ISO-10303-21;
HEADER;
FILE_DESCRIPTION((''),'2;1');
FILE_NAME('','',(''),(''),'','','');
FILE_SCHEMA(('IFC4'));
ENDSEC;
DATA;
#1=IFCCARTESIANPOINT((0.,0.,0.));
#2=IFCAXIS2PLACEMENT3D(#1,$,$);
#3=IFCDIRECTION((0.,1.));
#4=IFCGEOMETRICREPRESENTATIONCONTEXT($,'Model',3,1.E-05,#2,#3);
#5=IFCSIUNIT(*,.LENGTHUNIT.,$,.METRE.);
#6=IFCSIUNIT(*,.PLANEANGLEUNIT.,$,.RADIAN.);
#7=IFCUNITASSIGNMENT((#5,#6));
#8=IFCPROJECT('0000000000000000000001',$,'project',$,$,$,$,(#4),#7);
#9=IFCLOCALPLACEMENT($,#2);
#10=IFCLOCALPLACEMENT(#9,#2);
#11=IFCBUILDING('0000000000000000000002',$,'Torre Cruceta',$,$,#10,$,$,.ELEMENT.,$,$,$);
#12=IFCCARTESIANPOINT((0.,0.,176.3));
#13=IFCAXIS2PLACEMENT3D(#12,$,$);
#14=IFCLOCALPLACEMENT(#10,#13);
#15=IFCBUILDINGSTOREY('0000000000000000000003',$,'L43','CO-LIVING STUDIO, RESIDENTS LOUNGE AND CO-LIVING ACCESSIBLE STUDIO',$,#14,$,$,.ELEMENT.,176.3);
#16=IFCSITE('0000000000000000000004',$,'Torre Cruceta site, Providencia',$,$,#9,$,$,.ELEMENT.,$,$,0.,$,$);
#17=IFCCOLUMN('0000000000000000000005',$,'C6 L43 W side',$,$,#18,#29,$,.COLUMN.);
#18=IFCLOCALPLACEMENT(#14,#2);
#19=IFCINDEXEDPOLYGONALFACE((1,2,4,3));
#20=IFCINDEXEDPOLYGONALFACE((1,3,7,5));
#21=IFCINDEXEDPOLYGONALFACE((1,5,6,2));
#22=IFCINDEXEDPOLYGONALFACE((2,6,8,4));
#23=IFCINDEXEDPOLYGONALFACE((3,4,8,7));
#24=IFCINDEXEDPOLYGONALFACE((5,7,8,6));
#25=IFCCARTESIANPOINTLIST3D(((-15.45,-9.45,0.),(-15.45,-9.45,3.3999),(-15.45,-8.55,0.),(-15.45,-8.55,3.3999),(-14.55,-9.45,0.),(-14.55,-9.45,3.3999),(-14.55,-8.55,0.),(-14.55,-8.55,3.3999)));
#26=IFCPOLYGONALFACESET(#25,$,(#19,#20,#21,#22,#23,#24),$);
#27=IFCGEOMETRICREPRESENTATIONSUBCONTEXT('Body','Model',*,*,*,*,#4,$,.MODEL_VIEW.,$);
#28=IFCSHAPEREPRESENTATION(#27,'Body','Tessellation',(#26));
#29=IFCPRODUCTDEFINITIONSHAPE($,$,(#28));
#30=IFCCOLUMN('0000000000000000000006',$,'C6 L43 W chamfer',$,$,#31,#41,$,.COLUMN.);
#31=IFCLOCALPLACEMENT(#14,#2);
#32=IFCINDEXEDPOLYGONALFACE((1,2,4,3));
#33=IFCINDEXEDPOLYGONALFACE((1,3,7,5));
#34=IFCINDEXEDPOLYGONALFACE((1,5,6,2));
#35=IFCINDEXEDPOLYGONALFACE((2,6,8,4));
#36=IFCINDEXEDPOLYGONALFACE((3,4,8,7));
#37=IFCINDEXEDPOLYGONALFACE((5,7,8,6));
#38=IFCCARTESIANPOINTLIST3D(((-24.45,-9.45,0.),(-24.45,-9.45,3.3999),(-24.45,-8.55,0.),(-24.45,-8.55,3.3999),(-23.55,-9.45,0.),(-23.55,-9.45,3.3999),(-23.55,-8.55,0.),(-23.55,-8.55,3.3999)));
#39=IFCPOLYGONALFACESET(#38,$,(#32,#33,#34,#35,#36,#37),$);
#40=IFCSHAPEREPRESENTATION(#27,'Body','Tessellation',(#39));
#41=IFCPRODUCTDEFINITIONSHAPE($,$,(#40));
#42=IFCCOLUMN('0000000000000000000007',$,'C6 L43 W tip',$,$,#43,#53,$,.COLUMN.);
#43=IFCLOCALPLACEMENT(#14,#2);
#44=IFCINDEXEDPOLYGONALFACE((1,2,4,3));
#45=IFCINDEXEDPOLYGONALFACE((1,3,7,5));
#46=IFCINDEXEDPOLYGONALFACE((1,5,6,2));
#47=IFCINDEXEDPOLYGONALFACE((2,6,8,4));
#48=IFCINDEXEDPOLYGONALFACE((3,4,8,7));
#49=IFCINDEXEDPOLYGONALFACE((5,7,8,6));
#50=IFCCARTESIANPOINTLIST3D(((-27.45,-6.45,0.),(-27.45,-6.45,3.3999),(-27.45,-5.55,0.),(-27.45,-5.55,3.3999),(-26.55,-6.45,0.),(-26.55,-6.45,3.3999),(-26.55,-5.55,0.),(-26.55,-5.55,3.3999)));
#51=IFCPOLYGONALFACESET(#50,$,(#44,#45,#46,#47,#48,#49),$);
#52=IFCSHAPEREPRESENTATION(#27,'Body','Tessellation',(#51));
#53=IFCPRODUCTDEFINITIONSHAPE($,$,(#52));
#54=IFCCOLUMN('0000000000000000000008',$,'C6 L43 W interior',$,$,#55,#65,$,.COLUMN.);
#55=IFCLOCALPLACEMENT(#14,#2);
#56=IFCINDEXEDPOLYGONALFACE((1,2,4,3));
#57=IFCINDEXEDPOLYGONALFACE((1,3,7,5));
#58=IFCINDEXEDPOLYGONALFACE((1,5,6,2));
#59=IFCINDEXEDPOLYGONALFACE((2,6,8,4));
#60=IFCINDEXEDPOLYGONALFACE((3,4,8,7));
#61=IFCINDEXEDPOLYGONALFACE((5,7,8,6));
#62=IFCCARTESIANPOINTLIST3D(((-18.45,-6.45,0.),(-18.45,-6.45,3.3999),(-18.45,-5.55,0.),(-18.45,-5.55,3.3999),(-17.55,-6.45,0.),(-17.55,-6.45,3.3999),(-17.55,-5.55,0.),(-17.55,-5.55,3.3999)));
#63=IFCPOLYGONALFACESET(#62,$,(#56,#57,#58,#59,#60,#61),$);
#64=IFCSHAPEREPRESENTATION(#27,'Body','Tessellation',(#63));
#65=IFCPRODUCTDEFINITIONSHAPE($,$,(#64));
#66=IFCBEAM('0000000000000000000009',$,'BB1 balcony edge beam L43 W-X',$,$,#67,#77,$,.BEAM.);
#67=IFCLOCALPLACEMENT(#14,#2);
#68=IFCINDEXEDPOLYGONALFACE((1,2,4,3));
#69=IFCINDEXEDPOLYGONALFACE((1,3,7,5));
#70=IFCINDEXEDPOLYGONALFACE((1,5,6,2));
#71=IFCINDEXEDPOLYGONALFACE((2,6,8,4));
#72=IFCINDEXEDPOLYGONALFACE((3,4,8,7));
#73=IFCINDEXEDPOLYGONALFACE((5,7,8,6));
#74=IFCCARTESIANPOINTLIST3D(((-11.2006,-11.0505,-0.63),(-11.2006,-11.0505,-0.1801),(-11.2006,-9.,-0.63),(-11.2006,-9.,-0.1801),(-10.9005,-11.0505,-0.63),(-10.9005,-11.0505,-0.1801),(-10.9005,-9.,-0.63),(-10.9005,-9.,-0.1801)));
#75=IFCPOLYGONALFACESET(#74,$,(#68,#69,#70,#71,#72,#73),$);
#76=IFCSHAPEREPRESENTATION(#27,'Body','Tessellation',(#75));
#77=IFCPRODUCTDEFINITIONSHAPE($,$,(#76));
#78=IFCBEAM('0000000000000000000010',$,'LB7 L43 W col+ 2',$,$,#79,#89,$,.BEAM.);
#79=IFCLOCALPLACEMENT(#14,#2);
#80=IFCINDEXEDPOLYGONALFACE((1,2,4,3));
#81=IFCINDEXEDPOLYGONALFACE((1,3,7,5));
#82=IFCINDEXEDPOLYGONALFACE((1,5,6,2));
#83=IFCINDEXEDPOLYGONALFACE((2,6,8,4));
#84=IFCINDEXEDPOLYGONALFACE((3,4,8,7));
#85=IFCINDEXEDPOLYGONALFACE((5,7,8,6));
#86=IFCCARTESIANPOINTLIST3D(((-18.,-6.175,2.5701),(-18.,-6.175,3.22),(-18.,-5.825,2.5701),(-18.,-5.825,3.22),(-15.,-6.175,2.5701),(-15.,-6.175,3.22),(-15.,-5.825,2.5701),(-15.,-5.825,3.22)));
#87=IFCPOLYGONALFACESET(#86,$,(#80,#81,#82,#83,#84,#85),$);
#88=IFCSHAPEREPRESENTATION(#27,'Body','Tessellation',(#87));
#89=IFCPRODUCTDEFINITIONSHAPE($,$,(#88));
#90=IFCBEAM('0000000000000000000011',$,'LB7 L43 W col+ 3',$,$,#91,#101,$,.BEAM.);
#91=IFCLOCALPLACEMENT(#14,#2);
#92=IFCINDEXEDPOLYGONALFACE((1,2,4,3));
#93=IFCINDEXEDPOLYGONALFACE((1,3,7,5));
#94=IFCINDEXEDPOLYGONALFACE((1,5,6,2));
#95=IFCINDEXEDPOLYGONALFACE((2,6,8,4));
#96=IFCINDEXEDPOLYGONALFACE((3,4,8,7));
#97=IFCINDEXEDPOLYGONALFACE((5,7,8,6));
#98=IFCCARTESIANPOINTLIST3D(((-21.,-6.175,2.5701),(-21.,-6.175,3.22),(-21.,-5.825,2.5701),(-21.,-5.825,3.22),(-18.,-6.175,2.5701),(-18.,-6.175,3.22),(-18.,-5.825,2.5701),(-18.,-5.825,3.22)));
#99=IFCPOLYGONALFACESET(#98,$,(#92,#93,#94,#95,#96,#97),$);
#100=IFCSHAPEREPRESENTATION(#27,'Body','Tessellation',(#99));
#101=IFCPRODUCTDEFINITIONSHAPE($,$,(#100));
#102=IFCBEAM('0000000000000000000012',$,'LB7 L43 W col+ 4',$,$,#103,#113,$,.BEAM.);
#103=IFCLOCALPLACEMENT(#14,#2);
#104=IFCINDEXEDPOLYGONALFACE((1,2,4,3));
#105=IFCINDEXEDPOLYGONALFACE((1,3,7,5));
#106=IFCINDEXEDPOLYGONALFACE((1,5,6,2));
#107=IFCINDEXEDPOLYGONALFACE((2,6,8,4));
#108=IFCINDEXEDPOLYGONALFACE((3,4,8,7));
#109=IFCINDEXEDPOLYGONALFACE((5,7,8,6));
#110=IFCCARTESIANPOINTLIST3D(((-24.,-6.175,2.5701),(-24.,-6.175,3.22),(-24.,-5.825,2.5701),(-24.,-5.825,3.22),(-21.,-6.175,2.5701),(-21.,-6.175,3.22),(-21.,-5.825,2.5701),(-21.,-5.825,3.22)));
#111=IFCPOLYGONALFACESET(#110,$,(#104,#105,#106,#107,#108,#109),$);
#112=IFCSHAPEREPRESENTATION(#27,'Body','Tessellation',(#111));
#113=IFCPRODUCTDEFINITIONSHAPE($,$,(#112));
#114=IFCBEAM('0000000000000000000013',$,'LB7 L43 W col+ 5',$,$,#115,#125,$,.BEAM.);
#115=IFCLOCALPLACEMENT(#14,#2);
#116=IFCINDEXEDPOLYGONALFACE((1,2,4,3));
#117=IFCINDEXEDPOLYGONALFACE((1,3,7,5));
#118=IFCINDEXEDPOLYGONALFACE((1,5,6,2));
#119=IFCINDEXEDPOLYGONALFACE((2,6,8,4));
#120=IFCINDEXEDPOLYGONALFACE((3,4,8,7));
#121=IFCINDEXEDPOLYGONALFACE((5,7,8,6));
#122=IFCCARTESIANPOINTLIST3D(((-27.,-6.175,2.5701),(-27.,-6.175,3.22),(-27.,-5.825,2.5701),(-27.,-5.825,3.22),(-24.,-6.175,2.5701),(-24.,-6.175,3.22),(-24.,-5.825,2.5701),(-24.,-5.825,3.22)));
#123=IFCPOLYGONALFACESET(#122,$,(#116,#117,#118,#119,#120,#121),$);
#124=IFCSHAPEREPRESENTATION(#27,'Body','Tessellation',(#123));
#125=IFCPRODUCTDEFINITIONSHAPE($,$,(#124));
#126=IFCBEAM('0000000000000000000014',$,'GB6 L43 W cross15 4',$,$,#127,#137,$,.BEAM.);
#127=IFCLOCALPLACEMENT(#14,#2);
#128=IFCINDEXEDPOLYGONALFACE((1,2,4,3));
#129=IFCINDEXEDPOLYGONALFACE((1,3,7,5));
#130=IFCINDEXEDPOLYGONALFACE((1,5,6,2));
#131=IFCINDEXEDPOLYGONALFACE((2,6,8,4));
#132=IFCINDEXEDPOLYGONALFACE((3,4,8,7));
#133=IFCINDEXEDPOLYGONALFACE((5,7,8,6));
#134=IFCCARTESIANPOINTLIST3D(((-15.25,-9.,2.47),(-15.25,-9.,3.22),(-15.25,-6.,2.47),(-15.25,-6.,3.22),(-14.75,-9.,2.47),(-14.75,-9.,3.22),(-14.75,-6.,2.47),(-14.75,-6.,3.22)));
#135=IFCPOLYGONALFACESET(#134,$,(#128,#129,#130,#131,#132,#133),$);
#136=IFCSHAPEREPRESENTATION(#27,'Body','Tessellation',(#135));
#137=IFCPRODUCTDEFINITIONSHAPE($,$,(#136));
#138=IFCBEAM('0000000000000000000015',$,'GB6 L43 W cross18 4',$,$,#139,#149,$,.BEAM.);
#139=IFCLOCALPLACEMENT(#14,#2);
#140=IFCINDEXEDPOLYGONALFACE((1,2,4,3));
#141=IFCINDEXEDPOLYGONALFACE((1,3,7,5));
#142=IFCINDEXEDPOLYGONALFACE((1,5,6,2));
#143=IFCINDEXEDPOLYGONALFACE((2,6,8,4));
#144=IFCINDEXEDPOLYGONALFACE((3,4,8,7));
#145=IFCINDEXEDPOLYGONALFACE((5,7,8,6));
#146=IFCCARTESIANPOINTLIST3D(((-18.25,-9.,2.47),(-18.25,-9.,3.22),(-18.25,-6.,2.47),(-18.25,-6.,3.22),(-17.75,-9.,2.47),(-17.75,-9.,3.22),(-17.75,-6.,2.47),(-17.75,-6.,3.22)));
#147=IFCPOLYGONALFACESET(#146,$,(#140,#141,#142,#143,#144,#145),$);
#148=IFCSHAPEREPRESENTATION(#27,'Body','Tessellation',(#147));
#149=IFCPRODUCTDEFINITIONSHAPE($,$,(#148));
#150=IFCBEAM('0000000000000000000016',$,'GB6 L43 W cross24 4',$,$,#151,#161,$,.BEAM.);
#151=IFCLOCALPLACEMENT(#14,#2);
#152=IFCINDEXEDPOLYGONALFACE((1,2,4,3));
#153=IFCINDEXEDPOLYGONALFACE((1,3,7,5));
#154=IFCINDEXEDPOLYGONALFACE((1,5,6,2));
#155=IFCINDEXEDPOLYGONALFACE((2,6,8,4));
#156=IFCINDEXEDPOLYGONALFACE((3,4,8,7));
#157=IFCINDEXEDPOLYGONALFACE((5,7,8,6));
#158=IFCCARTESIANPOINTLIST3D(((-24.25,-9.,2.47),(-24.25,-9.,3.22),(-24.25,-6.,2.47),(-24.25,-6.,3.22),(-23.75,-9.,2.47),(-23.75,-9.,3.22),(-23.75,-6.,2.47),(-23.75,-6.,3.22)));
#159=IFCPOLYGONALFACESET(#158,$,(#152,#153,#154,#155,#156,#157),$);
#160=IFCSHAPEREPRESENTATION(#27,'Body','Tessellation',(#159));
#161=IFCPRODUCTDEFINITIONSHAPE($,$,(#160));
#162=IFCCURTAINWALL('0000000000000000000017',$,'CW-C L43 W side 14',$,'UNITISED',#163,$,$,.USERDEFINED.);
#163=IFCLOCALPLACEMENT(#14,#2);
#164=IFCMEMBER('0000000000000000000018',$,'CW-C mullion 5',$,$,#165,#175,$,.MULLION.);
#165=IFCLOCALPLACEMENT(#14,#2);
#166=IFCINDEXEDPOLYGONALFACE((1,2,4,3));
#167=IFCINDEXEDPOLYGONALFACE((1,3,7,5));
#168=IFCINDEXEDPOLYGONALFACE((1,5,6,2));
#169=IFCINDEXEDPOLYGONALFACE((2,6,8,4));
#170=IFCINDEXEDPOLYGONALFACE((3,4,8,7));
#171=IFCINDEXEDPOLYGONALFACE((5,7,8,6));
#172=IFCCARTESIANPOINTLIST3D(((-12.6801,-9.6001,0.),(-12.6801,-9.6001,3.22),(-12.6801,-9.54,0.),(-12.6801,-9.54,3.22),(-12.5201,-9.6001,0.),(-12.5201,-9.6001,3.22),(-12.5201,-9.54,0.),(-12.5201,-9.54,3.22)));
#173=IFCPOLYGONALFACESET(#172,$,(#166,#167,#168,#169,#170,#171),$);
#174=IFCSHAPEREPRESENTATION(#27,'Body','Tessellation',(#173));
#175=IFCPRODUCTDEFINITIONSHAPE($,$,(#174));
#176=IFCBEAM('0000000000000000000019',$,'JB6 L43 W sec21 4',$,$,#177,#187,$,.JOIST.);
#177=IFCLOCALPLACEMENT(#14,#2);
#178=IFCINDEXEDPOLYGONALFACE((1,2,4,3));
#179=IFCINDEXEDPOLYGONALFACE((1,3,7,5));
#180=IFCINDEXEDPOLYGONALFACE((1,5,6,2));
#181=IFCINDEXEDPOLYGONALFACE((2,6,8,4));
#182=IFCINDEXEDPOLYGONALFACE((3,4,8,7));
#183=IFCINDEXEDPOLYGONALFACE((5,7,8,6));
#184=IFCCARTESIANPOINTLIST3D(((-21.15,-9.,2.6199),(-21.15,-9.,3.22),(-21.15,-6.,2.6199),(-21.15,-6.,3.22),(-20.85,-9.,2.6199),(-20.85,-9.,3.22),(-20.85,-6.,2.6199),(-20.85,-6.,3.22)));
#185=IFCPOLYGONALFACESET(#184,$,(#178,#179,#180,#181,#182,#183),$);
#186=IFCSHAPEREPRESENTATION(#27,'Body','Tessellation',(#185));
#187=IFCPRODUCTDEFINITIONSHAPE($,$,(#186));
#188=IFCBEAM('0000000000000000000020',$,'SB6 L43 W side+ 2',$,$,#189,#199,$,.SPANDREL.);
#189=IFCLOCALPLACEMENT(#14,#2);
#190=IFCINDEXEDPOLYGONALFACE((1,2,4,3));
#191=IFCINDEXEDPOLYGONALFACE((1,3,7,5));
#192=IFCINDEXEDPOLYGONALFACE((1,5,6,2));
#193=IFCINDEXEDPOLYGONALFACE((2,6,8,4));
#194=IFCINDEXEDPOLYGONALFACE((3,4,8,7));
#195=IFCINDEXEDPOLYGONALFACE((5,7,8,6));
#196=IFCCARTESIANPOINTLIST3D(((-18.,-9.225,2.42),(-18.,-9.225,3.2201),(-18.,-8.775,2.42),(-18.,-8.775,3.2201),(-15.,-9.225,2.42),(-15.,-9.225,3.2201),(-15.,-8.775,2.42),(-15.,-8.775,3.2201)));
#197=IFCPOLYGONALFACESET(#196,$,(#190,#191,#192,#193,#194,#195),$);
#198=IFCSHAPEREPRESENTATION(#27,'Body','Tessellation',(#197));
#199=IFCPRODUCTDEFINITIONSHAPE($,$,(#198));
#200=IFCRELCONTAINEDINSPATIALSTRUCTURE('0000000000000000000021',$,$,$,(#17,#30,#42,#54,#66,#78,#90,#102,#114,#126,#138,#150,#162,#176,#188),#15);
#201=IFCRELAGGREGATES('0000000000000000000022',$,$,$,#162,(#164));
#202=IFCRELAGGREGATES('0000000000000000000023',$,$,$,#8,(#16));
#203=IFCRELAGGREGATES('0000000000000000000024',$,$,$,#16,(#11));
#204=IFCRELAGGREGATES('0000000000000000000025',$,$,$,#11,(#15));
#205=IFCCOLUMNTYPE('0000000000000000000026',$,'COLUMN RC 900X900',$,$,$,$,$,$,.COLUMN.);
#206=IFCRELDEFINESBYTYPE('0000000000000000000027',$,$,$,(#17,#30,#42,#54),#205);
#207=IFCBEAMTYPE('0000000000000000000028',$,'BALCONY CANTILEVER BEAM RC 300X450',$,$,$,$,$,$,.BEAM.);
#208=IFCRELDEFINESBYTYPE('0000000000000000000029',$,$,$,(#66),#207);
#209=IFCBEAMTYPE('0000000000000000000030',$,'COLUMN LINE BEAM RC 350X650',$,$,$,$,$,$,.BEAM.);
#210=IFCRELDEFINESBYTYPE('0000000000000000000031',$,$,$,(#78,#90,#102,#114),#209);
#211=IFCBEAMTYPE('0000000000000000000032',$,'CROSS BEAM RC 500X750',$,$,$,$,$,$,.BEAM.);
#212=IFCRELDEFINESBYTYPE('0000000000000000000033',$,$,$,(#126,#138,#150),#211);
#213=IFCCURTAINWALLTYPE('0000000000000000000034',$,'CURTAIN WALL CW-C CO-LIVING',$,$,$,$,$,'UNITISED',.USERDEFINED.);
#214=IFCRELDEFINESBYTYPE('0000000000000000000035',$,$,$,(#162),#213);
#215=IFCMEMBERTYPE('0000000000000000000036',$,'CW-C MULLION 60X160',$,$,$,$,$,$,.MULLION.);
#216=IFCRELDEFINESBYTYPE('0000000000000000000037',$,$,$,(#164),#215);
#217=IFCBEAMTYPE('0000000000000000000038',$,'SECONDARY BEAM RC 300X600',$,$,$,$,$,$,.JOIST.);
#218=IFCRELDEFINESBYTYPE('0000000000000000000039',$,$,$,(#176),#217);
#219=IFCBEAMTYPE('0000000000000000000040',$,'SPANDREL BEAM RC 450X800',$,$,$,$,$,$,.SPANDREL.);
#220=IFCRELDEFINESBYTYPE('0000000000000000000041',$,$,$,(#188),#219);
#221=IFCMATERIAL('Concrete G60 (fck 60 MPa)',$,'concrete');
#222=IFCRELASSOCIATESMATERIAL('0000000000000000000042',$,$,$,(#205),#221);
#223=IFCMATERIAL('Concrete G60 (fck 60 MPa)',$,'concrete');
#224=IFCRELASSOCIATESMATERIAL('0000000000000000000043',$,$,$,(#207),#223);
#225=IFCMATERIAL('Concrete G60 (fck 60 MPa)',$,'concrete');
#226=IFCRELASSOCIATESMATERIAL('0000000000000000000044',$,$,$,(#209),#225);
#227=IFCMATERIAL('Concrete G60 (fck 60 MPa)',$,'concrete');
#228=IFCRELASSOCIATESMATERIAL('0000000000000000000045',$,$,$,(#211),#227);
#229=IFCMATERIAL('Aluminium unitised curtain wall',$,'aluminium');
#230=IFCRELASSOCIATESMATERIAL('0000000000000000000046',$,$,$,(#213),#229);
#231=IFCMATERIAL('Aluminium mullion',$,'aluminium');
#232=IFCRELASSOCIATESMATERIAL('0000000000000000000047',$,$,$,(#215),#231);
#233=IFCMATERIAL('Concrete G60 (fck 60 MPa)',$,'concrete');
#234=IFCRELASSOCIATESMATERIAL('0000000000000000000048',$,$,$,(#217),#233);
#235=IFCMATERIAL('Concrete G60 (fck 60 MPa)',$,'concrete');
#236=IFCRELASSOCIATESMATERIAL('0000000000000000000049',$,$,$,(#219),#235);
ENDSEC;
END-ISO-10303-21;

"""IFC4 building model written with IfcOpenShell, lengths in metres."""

from ifc_helpers import new_model, si_unit, direction, frame, origin, origin_2d, place, context, subcontext, project, spatial, rectangle, extrude, material, material_profile, profile_set, type_object, element, aggregate, save


model = new_model("IFC4")

# Units and contexts
model_context = context("Model", 3, precision=1e-05, world=origin(), true_north=direction((0.0, 1.0)))
body_context = subcontext(model_context, "Body", "Model", "MODEL_VIEW")
ifc_project = project(units=[si_unit("LENGTHUNIT", "METRE"), si_unit("PLANEANGLEUNIT", "RADIAN")], contexts=[model_context])

# Site, building, storey
site_placement = place(None, origin())
site = spatial("IfcSite", under=ifc_project, at=site_placement, Name="Torre Cruceta site, Providencia", CompositionType="ELEMENT", RefElevation=0.0)
building_placement = place(site_placement, origin())
building = spatial("IfcBuilding", under=site, at=building_placement, Name="Torre Cruceta", CompositionType="ELEMENT")
storey_placement = place(building_placement, frame((0.0, 0.0, 176.3)))
storey = spatial("IfcBuildingStorey", under=building, at=storey_placement, Name="L43", Description="CO-LIVING STUDIO, RESIDENTS LOUNGE AND CO-LIVING ACCESSIBLE STUDIO", CompositionType="ELEMENT", Elevation=176.3)

# Columns
ifc_material_1 = material(Name="Concrete G60 (fck 60 MPa)", Category="concrete")
ifc_material_profile_1 = material_profile(ifc_material_1, rectangle(XDim=0.8999, YDim=0.8999, at=origin_2d()), Name="RC 900X900")
ifc_profile_set_1 = profile_set([ifc_material_profile_1], Name="Concrete G60 (fck 60 MPa)")
column_type = type_object("IfcColumnType", Name="COLUMN RC 900X900", PredefinedType="COLUMN", material=ifc_profile_set_1)
for number, where, z_axis, x_axis, name in (
    (1, (-15.0, -9.0, 0.0), (0.0, 0.0, 1.0), (1.0, 0.0, 0.0), "C6 L43 W side"),
    (2, (-24.0, -9.0, 0.0), (0.0, 0.0, 1.0), (1.0, 0.0, 0.0), "C6 L43 W chamfer"),
    (3, (-27.0, -6.0, 0.0), (0.0, 0.0, 1.0), (1.0, 0.0, 0.0), "C6 L43 W tip"),
    (4, (-18.0, -6.0, 0.0), (0.0, 0.0, 1.0), (1.0, 0.0, 0.0), "C6 L43 W interior"),
):
    element("IfcColumn", number, at=place(storey_placement, frame(where, z_axis=z_axis, x_axis=x_axis)), inside=storey, type_object=column_type, Name=name, PredefinedType="COLUMN", context=body_context, shape_type="SweptSolid", body=[
        extrude(rectangle(XDim=0.8999, YDim=0.8999, at=origin_2d()), origin(), (0.0, 0.0, 1.0), 3.3999),
    ])

# Beams
ifc_material_2 = material(Name="Concrete G60 (fck 60 MPa)", Category="concrete")
ifc_material_profile_2 = material_profile(ifc_material_2, rectangle(XDim=0.3, YDim=0.45, at=origin_2d()), Name="RC 300X450")
ifc_profile_set_2 = profile_set([ifc_material_profile_2], Name="Concrete G60 (fck 60 MPa)")
beam_type_1 = type_object("IfcBeamType", Name="BALCONY CANTILEVER BEAM RC 300X450", PredefinedType="BEAM", material=ifc_profile_set_2)
beam_1_placement = place(storey_placement, frame((-11.0505, -9.0, -0.405), z_axis=(0.0, -1.0, 0.0), x_axis=(1.0, 0.0, 0.0)))
element("IfcBeam", 5, at=beam_1_placement, inside=storey, type_object=beam_type_1, Name="BB1 balcony edge beam L43 W-X", PredefinedType="BEAM", context=body_context, shape_type="SweptSolid", body=[
    extrude(rectangle(XDim=0.3, YDim=0.45, at=origin_2d()), origin(), (0.0, 0.0, 1.0), 2.0505),
])
ifc_material_3 = material(Name="Concrete G60 (fck 60 MPa)", Category="concrete")
ifc_material_profile_3 = material_profile(ifc_material_3, rectangle(XDim=0.3501, YDim=0.6499, at=origin_2d()), Name="RC 350X650")
ifc_profile_set_3 = profile_set([ifc_material_profile_3], Name="Concrete G60 (fck 60 MPa)")
beam_type_2 = type_object("IfcBeamType", Name="COLUMN LINE BEAM RC 350X650", PredefinedType="BEAM", material=ifc_profile_set_3)
for number, where, z_axis, x_axis, name in (
    (6, (-15.0, -6.0, 2.895), (-1.0, 0.0, 0.0), (0.0, -1.0, 0.0), "LB7 L43 W col+ 2"),
    (7, (-18.0, -6.0, 2.895), (-1.0, 0.0, 0.0), (0.0, -1.0, 0.0), "LB7 L43 W col+ 3"),
    (8, (-21.0, -6.0, 2.895), (-1.0, 0.0, 0.0), (0.0, -1.0, 0.0), "LB7 L43 W col+ 4"),
    (9, (-24.0, -6.0, 2.895), (-1.0, 0.0, 0.0), (0.0, -1.0, 0.0), "LB7 L43 W col+ 5"),
):
    element("IfcBeam", number, at=place(storey_placement, frame(where, z_axis=z_axis, x_axis=x_axis)), inside=storey, type_object=beam_type_2, Name=name, PredefinedType="BEAM", context=body_context, shape_type="SweptSolid", body=[
        extrude(rectangle(XDim=0.3501, YDim=0.6499, at=origin_2d()), origin(), (0.0, 0.0, 1.0), 3.0),
    ])
ifc_material_4 = material(Name="Concrete G60 (fck 60 MPa)", Category="concrete")
ifc_material_profile_4 = material_profile(ifc_material_4, rectangle(XDim=0.5, YDim=0.75, at=origin_2d()), Name="RC 500X750")
ifc_profile_set_4 = profile_set([ifc_material_profile_4], Name="Concrete G60 (fck 60 MPa)")
beam_type_3 = type_object("IfcBeamType", Name="CROSS BEAM RC 500X750", PredefinedType="BEAM", material=ifc_profile_set_4)
for number, where, z_axis, x_axis, name in (
    (10, (-15.0, -6.0, 2.845), (0.0, -1.0, 0.0), (1.0, 0.0, 0.0), "GB6 L43 W cross15 4"),
    (11, (-18.0, -6.0, 2.845), (0.0, -1.0, 0.0), (1.0, 0.0, 0.0), "GB6 L43 W cross18 4"),
    (12, (-24.0, -6.0, 2.845), (0.0, -1.0, 0.0), (1.0, 0.0, 0.0), "GB6 L43 W cross24 4"),
):
    element("IfcBeam", number, at=place(storey_placement, frame(where, z_axis=z_axis, x_axis=x_axis)), inside=storey, type_object=beam_type_3, Name=name, PredefinedType="BEAM", context=body_context, shape_type="SweptSolid", body=[
        extrude(rectangle(XDim=0.5, YDim=0.75, at=origin_2d()), origin(), (0.0, 0.0, 1.0), 3.0),
    ])

# Curtain wall, member
ifc_material_5 = material(Name="Aluminium unitised curtain wall", Category="aluminium")
curtain_wall_type = type_object("IfcCurtainWallType", Name="CURTAIN WALL CW-C CO-LIVING", ElementType="UNITISED", PredefinedType="USERDEFINED", material=ifc_material_5)
curtain_wall_placement = place(storey_placement, origin())
curtain_wall = element("IfcCurtainWall", 13, at=curtain_wall_placement, inside=storey, type_object=curtain_wall_type, Name="CW-C L43 W side 14", ObjectType="UNITISED", PredefinedType="USERDEFINED")
ifc_material_6 = material(Name="Aluminium mullion", Category="aluminium")
ifc_material_profile_5 = material_profile(ifc_material_6, rectangle(XDim=0.0601, YDim=0.1599, at=origin_2d()), Name="AL 60X160")
ifc_profile_set_5 = profile_set([ifc_material_profile_5], Name="Aluminium mullion")
member_type = type_object("IfcMemberType", Name="CW-C MULLION 60X160", PredefinedType="MULLION", material=ifc_profile_set_5)
member_placement = place(storey_placement, frame((-12.6001, -9.5701, 0.0), z_axis=(0.0, 0.0, 1.0), x_axis=(0.0, 1.0, 0.0)))
member = element("IfcMember", 14, at=member_placement, type_object=member_type, Name="CW-C mullion 5", PredefinedType="MULLION", context=body_context, shape_type="SweptSolid", body=[
    extrude(rectangle(XDim=0.0601, YDim=0.1599, at=origin_2d()), origin(), (0.0, 0.0, 1.0), 3.22),
])
aggregate(curtain_wall, [member])

# Beams
ifc_material_7 = material(Name="Concrete G60 (fck 60 MPa)", Category="concrete")
ifc_material_profile_6 = material_profile(ifc_material_7, rectangle(XDim=0.3, YDim=0.6001, at=origin_2d()), Name="RC 300X600")
ifc_profile_set_6 = profile_set([ifc_material_profile_6], Name="Concrete G60 (fck 60 MPa)")
beam_type_4 = type_object("IfcBeamType", Name="SECONDARY BEAM RC 300X600", PredefinedType="JOIST", material=ifc_profile_set_6)
beam_2_placement = place(storey_placement, frame((-21.0, -6.0, 2.9199), z_axis=(0.0, -1.0, 0.0), x_axis=(1.0, 0.0, 0.0)))
element("IfcBeam", 15, at=beam_2_placement, inside=storey, type_object=beam_type_4, Name="JB6 L43 W sec21 4", PredefinedType="JOIST", context=body_context, shape_type="SweptSolid", body=[
    extrude(rectangle(XDim=0.3, YDim=0.6001, at=origin_2d()), origin(), (0.0, 0.0, 1.0), 3.0),
])
ifc_material_8 = material(Name="Concrete G60 (fck 60 MPa)", Category="concrete")
ifc_material_profile_7 = material_profile(ifc_material_8, rectangle(XDim=0.45, YDim=0.8, at=origin_2d()), Name="RC 450X800")
ifc_profile_set_7 = profile_set([ifc_material_profile_7], Name="Concrete G60 (fck 60 MPa)")
beam_type_5 = type_object("IfcBeamType", Name="SPANDREL BEAM RC 450X800", PredefinedType="SPANDREL", material=ifc_profile_set_7)
for number, where, z_axis, x_axis, name in (
    (16, (-15.0, -9.0, 2.8201), (-1.0, 0.0, 0.0), (0.0, -1.0, 0.0), "SB6 L43 W side+ 2"),
):
    element("IfcBeam", number, at=place(storey_placement, frame(where, z_axis=z_axis, x_axis=x_axis)), inside=storey, type_object=beam_type_5, Name=name, PredefinedType="SPANDREL", context=body_context, shape_type="SweptSolid", body=[
        extrude(rectangle(XDim=0.45, YDim=0.8, at=origin_2d()), origin(), (0.0, 0.0, 1.0), 3.0),
    ])

save(model, "model.ifc")
